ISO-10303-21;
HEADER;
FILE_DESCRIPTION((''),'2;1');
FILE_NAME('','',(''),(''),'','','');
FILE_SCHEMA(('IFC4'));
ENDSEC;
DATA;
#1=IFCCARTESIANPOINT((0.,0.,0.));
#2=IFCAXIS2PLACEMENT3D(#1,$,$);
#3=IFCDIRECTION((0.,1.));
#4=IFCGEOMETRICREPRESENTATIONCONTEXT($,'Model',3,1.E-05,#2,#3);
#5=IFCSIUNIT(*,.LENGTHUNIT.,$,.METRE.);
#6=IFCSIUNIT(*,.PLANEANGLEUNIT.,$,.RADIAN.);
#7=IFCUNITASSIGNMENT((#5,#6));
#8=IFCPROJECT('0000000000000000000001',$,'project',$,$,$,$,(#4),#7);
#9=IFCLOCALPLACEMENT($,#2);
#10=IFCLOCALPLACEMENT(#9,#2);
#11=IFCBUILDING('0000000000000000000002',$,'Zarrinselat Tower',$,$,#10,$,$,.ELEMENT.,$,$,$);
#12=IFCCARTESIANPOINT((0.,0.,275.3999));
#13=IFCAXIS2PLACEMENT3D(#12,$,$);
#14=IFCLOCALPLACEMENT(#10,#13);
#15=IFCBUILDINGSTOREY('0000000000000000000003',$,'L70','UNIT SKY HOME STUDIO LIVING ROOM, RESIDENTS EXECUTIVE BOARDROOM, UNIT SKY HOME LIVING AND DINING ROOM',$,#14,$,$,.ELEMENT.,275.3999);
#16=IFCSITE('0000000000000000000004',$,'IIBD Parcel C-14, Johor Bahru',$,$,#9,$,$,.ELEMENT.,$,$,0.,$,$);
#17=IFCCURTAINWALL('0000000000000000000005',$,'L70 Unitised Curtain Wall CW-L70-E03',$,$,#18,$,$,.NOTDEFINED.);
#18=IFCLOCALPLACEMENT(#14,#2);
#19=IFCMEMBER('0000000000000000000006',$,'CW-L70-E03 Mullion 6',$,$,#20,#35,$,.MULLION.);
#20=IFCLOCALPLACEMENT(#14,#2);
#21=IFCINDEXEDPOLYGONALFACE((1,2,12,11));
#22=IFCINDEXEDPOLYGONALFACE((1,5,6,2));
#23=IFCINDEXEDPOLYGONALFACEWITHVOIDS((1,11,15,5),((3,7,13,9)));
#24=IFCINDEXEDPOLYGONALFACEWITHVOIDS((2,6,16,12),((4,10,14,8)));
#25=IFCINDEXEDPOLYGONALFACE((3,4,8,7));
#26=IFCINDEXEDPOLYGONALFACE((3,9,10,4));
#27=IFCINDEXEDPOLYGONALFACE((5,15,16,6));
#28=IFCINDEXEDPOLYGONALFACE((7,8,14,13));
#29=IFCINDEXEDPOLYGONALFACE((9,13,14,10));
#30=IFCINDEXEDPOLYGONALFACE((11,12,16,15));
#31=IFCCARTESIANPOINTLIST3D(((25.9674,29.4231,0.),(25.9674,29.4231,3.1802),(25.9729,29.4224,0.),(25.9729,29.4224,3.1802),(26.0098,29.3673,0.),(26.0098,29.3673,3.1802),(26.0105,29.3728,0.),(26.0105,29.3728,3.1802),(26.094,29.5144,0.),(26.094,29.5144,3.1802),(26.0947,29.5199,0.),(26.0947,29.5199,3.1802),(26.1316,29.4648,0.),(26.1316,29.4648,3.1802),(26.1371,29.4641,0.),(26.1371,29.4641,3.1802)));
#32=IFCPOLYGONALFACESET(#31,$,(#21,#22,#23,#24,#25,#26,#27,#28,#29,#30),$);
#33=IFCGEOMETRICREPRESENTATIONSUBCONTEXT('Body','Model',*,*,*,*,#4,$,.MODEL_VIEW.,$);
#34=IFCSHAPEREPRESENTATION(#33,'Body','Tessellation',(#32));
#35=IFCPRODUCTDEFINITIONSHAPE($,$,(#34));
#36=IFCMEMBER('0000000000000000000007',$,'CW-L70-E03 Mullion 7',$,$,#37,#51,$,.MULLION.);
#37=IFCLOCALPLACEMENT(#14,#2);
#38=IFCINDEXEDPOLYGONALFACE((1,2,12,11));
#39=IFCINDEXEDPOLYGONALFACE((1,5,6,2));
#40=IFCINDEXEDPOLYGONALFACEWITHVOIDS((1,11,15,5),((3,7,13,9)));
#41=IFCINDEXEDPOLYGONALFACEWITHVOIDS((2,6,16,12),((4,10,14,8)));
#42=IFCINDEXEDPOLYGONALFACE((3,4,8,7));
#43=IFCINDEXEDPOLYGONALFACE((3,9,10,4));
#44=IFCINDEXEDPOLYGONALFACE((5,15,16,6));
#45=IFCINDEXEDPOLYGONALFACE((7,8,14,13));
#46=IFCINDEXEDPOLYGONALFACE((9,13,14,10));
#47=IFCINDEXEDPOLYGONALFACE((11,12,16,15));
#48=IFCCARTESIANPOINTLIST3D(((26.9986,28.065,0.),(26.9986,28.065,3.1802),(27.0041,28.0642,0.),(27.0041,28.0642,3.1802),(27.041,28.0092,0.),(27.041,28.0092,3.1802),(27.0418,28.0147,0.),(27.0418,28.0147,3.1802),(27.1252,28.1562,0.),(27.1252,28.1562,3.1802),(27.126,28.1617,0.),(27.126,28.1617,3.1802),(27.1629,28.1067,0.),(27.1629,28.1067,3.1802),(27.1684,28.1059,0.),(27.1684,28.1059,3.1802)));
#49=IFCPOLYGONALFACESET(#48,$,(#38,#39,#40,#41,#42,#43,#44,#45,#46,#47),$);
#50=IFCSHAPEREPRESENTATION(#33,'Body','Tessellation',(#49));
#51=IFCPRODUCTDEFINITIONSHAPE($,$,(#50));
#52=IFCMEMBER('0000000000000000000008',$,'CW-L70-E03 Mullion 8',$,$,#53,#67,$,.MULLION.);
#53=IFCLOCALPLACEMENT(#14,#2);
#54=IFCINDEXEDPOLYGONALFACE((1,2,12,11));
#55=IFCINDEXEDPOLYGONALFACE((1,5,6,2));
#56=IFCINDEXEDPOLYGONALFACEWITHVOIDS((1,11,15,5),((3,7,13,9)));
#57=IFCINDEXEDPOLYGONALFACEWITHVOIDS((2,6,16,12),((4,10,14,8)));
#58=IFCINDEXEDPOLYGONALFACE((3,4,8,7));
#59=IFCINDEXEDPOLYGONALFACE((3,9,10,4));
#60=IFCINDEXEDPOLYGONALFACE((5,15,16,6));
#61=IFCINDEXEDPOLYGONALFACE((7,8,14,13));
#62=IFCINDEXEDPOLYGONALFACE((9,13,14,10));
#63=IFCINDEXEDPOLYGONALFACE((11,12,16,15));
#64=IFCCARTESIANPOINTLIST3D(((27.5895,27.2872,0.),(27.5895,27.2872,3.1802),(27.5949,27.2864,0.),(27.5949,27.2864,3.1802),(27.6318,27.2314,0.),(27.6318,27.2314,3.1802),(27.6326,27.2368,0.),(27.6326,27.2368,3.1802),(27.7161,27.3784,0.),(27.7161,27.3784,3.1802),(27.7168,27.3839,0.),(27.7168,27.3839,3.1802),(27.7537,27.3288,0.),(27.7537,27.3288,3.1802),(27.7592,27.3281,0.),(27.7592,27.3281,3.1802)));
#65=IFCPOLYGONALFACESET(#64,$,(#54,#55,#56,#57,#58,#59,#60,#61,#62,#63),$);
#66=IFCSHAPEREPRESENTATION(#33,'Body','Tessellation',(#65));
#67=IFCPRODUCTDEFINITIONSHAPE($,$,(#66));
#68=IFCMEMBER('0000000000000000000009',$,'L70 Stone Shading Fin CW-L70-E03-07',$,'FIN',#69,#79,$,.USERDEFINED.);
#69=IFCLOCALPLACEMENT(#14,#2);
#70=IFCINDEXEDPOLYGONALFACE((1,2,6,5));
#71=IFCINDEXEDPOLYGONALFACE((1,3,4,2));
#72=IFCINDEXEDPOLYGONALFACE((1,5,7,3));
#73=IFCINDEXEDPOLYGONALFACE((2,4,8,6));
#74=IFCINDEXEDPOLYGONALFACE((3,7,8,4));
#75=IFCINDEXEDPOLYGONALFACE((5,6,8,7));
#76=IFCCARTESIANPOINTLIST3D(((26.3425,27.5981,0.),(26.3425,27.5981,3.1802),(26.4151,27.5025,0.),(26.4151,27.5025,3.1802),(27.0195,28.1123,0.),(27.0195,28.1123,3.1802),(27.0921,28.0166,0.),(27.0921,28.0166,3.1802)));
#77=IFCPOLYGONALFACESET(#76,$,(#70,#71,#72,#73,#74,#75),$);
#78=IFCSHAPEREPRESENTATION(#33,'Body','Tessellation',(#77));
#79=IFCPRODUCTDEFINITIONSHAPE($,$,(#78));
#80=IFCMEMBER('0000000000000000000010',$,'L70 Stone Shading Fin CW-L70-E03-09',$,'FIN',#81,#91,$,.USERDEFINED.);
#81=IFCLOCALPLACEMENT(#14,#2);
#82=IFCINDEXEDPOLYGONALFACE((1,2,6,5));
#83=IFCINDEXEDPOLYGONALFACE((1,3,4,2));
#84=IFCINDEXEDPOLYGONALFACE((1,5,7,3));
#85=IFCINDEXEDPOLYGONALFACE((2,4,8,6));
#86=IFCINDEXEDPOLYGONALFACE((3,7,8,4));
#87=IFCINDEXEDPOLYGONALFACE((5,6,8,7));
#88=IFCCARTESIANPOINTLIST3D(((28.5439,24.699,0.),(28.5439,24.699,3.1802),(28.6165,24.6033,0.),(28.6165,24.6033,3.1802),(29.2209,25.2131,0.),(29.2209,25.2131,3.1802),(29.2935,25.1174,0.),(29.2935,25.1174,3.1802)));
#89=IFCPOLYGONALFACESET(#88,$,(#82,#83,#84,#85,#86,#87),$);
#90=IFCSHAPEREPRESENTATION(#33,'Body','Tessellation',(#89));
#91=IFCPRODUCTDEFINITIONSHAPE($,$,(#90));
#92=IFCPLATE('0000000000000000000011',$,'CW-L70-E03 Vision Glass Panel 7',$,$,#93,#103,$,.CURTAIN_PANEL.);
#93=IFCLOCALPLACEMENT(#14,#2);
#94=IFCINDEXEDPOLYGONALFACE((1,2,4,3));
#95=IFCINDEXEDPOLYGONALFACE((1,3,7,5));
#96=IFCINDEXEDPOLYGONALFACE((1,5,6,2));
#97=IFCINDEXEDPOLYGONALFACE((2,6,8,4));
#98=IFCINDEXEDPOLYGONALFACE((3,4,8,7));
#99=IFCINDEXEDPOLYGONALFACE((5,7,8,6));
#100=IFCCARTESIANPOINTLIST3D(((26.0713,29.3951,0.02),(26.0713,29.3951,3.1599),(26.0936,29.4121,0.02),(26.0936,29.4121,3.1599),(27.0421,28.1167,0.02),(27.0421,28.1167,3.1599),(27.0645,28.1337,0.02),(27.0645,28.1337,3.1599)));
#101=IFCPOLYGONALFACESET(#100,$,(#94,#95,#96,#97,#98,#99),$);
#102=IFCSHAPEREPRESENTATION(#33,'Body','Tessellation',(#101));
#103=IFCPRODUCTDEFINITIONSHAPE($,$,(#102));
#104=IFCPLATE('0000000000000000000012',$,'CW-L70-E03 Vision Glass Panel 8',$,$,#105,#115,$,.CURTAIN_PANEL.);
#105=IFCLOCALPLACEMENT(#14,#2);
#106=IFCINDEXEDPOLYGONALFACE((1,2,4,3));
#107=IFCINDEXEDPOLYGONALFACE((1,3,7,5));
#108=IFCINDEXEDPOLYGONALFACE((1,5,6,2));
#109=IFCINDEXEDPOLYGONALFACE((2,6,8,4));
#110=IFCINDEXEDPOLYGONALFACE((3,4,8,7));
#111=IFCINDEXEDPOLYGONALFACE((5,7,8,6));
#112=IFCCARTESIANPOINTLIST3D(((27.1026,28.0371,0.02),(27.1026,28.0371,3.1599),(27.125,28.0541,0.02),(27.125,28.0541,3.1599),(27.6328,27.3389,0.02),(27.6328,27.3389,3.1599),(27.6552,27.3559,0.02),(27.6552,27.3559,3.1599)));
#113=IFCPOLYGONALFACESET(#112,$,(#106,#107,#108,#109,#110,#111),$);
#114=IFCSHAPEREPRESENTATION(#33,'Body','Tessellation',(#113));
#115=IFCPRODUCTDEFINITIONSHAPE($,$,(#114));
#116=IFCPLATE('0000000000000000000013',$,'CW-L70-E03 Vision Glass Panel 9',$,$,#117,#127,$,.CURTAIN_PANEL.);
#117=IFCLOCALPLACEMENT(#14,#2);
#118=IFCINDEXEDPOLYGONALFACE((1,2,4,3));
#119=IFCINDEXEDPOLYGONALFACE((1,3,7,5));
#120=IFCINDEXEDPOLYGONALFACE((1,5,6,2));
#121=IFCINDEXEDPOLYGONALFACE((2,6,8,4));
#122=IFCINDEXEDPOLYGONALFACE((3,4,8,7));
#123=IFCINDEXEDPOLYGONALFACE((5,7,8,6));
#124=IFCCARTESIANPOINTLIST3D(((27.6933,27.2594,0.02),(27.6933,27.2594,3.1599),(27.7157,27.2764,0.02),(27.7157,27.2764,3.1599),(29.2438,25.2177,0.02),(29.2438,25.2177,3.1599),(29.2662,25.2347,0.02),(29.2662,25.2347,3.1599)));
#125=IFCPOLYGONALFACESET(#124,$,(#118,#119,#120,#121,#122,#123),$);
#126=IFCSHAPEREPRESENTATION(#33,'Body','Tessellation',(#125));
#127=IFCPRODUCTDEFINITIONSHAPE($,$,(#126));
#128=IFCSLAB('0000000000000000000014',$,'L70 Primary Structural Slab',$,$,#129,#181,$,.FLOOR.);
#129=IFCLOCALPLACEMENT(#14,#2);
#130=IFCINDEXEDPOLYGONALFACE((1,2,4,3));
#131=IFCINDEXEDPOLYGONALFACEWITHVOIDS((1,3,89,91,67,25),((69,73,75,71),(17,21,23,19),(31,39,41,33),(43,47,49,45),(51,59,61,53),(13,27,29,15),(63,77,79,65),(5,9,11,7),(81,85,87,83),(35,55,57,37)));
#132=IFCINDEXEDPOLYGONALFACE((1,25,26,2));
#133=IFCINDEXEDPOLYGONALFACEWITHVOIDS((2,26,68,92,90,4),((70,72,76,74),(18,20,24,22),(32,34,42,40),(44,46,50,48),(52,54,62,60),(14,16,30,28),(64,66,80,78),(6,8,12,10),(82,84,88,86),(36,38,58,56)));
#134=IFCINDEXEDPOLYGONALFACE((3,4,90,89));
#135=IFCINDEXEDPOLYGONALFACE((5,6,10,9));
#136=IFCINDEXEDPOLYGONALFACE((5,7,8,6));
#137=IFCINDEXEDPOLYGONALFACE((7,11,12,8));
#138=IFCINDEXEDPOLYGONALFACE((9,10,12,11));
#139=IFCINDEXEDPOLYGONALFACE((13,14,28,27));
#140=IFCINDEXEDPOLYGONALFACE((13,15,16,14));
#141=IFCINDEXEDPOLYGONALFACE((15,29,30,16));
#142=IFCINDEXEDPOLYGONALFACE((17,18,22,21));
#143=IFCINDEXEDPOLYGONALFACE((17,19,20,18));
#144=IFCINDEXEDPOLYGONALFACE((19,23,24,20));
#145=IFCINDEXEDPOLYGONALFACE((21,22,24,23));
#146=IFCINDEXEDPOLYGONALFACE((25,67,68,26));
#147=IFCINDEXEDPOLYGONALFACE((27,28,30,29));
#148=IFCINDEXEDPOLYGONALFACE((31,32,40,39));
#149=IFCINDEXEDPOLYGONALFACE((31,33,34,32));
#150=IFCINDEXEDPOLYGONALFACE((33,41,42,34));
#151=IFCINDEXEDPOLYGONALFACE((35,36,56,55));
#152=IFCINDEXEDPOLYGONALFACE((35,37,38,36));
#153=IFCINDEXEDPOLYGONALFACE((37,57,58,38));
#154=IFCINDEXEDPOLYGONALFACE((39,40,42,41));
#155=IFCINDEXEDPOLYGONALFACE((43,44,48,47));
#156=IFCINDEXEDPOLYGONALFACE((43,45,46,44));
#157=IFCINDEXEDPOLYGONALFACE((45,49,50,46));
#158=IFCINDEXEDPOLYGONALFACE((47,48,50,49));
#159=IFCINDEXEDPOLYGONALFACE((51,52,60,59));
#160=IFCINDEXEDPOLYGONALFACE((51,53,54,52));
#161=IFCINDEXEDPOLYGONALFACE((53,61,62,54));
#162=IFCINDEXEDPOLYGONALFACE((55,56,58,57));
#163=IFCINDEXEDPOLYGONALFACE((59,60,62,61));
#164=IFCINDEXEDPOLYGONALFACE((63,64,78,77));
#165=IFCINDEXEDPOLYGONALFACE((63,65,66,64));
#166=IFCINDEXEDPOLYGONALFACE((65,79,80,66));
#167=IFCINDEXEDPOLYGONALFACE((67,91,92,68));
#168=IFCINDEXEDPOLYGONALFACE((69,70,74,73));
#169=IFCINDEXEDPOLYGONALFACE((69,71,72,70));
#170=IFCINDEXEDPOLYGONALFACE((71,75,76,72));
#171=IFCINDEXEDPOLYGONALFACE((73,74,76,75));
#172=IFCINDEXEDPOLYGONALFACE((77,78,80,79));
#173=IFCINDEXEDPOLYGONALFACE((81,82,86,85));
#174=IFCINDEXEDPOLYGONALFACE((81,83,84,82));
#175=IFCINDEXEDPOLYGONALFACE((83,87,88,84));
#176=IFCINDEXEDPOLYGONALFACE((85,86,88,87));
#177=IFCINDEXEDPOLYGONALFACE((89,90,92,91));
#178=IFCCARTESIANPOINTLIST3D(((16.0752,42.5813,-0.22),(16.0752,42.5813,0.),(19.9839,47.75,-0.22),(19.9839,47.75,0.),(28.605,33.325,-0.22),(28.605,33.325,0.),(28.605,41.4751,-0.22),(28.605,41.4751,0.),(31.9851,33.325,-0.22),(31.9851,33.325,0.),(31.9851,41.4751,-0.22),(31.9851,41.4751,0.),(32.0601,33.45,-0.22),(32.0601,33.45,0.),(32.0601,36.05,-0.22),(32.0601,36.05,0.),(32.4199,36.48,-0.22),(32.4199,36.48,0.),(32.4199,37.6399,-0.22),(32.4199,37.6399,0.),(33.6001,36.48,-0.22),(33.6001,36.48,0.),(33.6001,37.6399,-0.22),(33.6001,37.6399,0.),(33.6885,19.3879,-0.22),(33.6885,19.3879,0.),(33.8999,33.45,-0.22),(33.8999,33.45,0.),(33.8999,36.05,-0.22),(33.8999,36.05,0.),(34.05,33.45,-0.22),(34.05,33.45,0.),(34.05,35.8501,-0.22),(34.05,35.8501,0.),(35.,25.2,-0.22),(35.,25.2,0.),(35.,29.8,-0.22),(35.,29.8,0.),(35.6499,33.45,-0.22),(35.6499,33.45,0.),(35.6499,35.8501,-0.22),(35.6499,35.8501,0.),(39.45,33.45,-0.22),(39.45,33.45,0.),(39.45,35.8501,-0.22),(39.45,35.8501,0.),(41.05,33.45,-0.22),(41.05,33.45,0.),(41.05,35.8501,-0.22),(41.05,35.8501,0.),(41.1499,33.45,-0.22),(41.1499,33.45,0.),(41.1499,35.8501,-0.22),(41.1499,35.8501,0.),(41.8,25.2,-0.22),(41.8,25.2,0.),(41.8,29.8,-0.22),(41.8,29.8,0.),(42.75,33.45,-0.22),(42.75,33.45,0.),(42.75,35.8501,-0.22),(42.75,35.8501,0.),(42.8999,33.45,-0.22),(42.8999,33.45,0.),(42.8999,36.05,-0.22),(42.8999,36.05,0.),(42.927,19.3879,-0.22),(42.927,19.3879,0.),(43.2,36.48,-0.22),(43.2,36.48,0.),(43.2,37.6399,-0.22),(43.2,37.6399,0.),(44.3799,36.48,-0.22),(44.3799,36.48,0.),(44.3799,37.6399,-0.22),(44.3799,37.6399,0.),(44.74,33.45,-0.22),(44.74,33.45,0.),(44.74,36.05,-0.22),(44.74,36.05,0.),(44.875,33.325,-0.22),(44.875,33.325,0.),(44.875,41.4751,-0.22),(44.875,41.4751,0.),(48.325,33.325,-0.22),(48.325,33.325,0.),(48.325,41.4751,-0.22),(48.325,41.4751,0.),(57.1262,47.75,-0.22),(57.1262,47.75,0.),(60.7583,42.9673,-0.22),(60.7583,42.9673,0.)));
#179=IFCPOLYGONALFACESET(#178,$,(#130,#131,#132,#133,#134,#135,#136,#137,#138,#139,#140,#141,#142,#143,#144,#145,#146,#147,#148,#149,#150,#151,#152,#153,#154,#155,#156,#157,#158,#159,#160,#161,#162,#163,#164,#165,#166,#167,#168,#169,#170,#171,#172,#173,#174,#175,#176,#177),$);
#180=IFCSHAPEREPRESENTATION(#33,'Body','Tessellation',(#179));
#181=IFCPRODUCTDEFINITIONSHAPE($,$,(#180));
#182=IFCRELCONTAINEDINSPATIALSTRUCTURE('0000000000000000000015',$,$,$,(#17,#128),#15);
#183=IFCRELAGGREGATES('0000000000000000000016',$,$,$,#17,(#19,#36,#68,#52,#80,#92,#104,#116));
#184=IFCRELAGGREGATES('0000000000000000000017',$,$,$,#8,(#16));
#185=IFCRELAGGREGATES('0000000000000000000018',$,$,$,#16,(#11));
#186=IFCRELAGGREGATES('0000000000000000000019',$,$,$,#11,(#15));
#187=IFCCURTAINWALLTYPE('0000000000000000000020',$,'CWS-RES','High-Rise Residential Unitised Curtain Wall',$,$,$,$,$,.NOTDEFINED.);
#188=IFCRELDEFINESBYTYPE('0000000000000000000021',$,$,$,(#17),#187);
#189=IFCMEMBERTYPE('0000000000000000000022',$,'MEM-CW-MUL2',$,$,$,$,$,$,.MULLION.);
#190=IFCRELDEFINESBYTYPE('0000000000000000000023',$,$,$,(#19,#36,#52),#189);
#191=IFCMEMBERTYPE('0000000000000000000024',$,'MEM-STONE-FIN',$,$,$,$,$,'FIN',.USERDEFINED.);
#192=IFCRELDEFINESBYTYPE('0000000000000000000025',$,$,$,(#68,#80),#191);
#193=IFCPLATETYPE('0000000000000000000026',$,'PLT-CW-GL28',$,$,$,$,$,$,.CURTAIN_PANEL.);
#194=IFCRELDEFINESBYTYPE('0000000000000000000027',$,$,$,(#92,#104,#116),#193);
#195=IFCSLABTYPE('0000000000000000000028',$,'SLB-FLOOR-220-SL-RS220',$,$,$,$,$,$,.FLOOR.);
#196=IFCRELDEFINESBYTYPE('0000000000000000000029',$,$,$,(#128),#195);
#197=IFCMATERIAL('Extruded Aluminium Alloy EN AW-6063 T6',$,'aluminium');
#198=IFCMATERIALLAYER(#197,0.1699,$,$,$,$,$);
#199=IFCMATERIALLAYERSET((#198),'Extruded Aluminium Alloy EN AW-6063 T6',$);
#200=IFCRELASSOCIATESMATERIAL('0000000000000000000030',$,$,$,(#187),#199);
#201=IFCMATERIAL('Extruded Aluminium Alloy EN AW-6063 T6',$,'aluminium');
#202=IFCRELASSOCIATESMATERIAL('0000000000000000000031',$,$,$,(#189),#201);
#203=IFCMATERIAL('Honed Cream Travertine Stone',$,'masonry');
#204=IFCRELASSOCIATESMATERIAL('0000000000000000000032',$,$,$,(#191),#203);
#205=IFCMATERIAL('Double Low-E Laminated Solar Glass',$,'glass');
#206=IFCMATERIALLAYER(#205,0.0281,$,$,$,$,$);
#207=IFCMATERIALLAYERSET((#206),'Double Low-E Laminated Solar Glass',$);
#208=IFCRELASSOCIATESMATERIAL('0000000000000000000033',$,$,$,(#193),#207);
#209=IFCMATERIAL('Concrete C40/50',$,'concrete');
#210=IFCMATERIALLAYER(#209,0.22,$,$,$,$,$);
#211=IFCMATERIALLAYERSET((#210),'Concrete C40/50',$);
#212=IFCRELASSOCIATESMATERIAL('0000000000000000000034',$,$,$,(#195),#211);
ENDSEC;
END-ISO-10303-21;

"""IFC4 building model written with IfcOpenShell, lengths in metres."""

from ifc_helpers import new_model, si_unit, direction, frame, origin, origin_2d, place, context, subcontext, project, spatial, polyline, rectangle, hollow_rectangle, outline, extrude, material, layer, layer_set, material_profile, profile_set, type_object, element, aggregate, save


model = new_model("IFC4")

# Units and contexts
model_context = context("Model", 3, precision=1e-05, world=origin(), true_north=direction((0.0, 1.0)))
body_context = subcontext(model_context, "Body", "Model", "MODEL_VIEW")
ifc_project = project(units=[si_unit("LENGTHUNIT", "METRE"), si_unit("PLANEANGLEUNIT", "RADIAN")], contexts=[model_context])

# Site, building, storey
site_placement = place(None, origin())
site = spatial("IfcSite", under=ifc_project, at=site_placement, Name="IIBD Parcel C-14, Johor Bahru", CompositionType="ELEMENT", RefElevation=0.0)
building_placement = place(site_placement, origin())
building = spatial("IfcBuilding", under=site, at=building_placement, Name="Zarrinselat Tower", CompositionType="ELEMENT")
storey_placement = place(building_placement, frame((0.0, 0.0, 275.3999)))
storey = spatial("IfcBuildingStorey", under=building, at=storey_placement, Name="L70", Description="UNIT SKY HOME STUDIO LIVING ROOM, RESIDENTS EXECUTIVE BOARDROOM, UNIT SKY HOME LIVING AND DINING ROOM", CompositionType="ELEMENT", Elevation=275.3999)

# Curtain wall, members, plates
ifc_material_1 = material(Name="Extruded Aluminium Alloy EN AW-6063 T6", Category="aluminium")
ifc_layer_1 = layer(ifc_material_1, 0.1699)
ifc_layer_set_1 = layer_set([ifc_layer_1], Name="Extruded Aluminium Alloy EN AW-6063 T6")
curtain_wall_type = type_object("IfcCurtainWallType", Name="CWS-RES", Description="High-Rise Residential Unitised Curtain Wall", PredefinedType="NOTDEFINED", material=ifc_layer_set_1)
curtain_wall_placement = place(storey_placement, origin())
curtain_wall = element("IfcCurtainWall", 1, at=curtain_wall_placement, inside=storey, type_object=curtain_wall_type, Name="L70 Unitised Curtain Wall CW-L70-E03", PredefinedType="NOTDEFINED")
ifc_material_2 = material(Name="Extruded Aluminium Alloy EN AW-6063 T6", Category="aluminium")
ifc_material_profile_1 = material_profile(ifc_material_2, hollow_rectangle(XDim=0.0701, YDim=0.1599, WallThickness=0.0039, at=origin_2d()), Name="RHS 160x70x4")
ifc_profile_set_1 = profile_set([ifc_material_profile_1], Name="Extruded Aluminium Alloy EN AW-6063 T6")
member_type_1 = type_object("IfcMemberType", Name="MEM-CW-MUL2", PredefinedType="MULLION", material=ifc_profile_set_1)
member_1_placement = place(storey_placement, frame((26.0522, 29.4436, 0.0), z_axis=(0.0, 0.0, 1.0), x_axis=(0.604788, -0.796387, 0.0)))
member_1 = element("IfcMember", 2, at=member_1_placement, type_object=member_type_1, Name="CW-L70-E03 Mullion 6", PredefinedType="MULLION", context=body_context, shape_type="SweptSolid", body=[
    extrude(hollow_rectangle(XDim=0.0701, YDim=0.1599, WallThickness=0.0039, at=origin_2d()), origin(), (0.0, 0.0, 1.0), 3.1802),
])
member_2_placement = place(storey_placement, frame((27.0835, 28.0854, 0.0), z_axis=(0.0, 0.0, 1.0), x_axis=(0.604788, -0.796387, 0.0)))
member_2 = element("IfcMember", 3, at=member_2_placement, type_object=member_type_1, Name="CW-L70-E03 Mullion 7", PredefinedType="MULLION", context=body_context, shape_type="SweptSolid", body=[
    extrude(hollow_rectangle(XDim=0.0701, YDim=0.1599, WallThickness=0.0039, at=origin_2d()), origin(), (0.0, 0.0, 1.0), 3.1802),
])
member_3_placement = place(storey_placement, frame((27.6743, 27.3076, 0.0), z_axis=(0.0, 0.0, 1.0), x_axis=(0.604788, -0.796387, 0.0)))
member_3 = element("IfcMember", 4, at=member_3_placement, type_object=member_type_1, Name="CW-L70-E03 Mullion 8", PredefinedType="MULLION", context=body_context, shape_type="SweptSolid", body=[
    extrude(hollow_rectangle(XDim=0.0701, YDim=0.1599, WallThickness=0.0039, at=origin_2d()), origin(), (0.0, 0.0, 1.0), 3.1802),
])
ifc_material_3 = material(Name="Honed Cream Travertine Stone", Category="masonry")
ifc_material_profile_2 = material_profile(ifc_material_3, rectangle(XDim=0.1201, YDim=0.8501, at=origin_2d()), Name="FIN 850x120")
ifc_profile_set_2 = profile_set([ifc_material_profile_2], Name="Honed Cream Travertine Stone")
member_type_2 = type_object("IfcMemberType", Name="MEM-STONE-FIN", ElementType="FIN", PredefinedType="USERDEFINED", material=ifc_profile_set_2)
member_4_placement = place(storey_placement, frame((26.7173, 27.8074, 0.0), z_axis=(0.0, 0.0, 1.0), x_axis=(-0.604788, 0.796387, 0.0)))
member_4 = element("IfcMember", 5, at=member_4_placement, type_object=member_type_2, Name="L70 Stone Shading Fin CW-L70-E03-07", ObjectType="FIN", PredefinedType="USERDEFINED", context=body_context, shape_type="SweptSolid", body=[
    extrude(rectangle(XDim=0.1201, YDim=0.8501, at=origin_2d()), origin(), (0.0, 0.0, 1.0), 3.1802),
])
member_5_placement = place(storey_placement, frame((28.9187, 24.9082, 0.0), z_axis=(0.0, 0.0, 1.0), x_axis=(-0.604788, 0.796387, 0.0)))
member_5 = element("IfcMember", 6, at=member_5_placement, type_object=member_type_2, Name="L70 Stone Shading Fin CW-L70-E03-09", ObjectType="FIN", PredefinedType="USERDEFINED", context=body_context, shape_type="SweptSolid", body=[
    extrude(rectangle(XDim=0.1201, YDim=0.8501, at=origin_2d()), origin(), (0.0, 0.0, 1.0), 3.1802),
])
ifc_material_4 = material(Name="Double Low-E Laminated Solar Glass", Category="glass")
ifc_layer_2 = layer(ifc_material_4, 0.0281)
ifc_layer_set_2 = layer_set([ifc_layer_2], Name="Double Low-E Laminated Solar Glass")
plate_type = type_object("IfcPlateType", Name="PLT-CW-GL28", PredefinedType="CURTAIN_PANEL", material=ifc_layer_set_2)
plate_1_placement = place(storey_placement, frame((26.5679, 28.7644, 0.02), z_axis=(0.0, 0.0, 1.0), x_axis=(0.604788, -0.796387, 0.0)))
plate_1 = element("IfcPlate", 7, at=plate_1_placement, type_object=plate_type, Name="CW-L70-E03 Vision Glass Panel 7", PredefinedType="CURTAIN_PANEL", context=body_context, shape_type="SweptSolid", body=[
    extrude(rectangle(XDim=1.6052, YDim=0.0281, at=origin_2d()), origin(), (0.0, 0.0, 1.0), 3.1399),
])
plate_2_placement = place(storey_placement, frame((27.3789, 27.6965, 0.02), z_axis=(0.0, 0.0, 1.0), x_axis=(0.604788, -0.796387, 0.0)))
plate_2 = element("IfcPlate", 8, at=plate_2_placement, type_object=plate_type, Name="CW-L70-E03 Vision Glass Panel 8", PredefinedType="CURTAIN_PANEL", context=body_context, shape_type="SweptSolid", body=[
    extrude(rectangle(XDim=0.8767, YDim=0.0281, at=origin_2d()), origin(), (0.0, 0.0, 1.0), 3.1399),
])
plate_3_placement = place(storey_placement, frame((28.4797, 26.2471, 0.02), z_axis=(0.0, 0.0, 1.0), x_axis=(0.604788, -0.796387, 0.0)))
plate_3 = element("IfcPlate", 9, at=plate_3_placement, type_object=plate_type, Name="CW-L70-E03 Vision Glass Panel 9", PredefinedType="CURTAIN_PANEL", context=body_context, shape_type="SweptSolid", body=[
    extrude(rectangle(XDim=2.5637, YDim=0.0281, at=origin_2d()), origin(), (0.0, 0.0, 1.0), 3.1399),
])
aggregate(curtain_wall, [member_1, member_2, member_4, member_3, member_5, plate_1, plate_2, plate_3])

# Slab
ifc_material_5 = material(Name="Concrete C40/50", Category="concrete")
ifc_layer_3 = layer(ifc_material_5, 0.22)
ifc_layer_set_3 = layer_set([ifc_layer_3], Name="Concrete C40/50")
slab_type_1 = type_object("IfcSlabType", Name="SLB-FLOOR-220-SL-RS220", PredefinedType="FLOOR", material=ifc_layer_set_3)
slab_1_placement = place(storey_placement, frame((0.0, 0.0, -0.22)))
element("IfcSlab", 10, at=slab_1_placement, inside=storey, type_object=slab_type_1, Name="L70 Primary Structural Slab", PredefinedType="FLOOR", context=body_context, shape_type="SweptSolid", body=[
    extrude(outline(polyline([(57.1262, 47.75), (19.9839, 47.75), (16.0752, 42.5813), (33.6885, 19.3879), (42.927, 19.3879), (60.7583, 42.9673), (57.1262, 47.75)]), holes=[polyline([(41.8, 25.2), (35.0, 25.2), (35.0, 29.8), (41.8, 29.8), (41.8, 25.2)]), polyline([(35.6499, 33.45), (34.05, 33.45), (34.05, 35.8501), (35.6499, 35.8501), (35.6499, 33.45)]), polyline([(41.05, 33.45), (39.45, 33.45), (39.45, 35.8501), (41.05, 35.8501), (41.05, 33.45)]), polyline([(41.1499, 33.45), (41.1499, 35.8501), (42.75, 35.8501), (42.75, 33.45), (41.1499, 33.45)]), polyline([(32.0601, 33.45), (32.0601, 36.05), (33.8999, 36.05), (33.8999, 33.45), (32.0601, 33.45)]), polyline([(44.74, 33.45), (42.8999, 33.45), (42.8999, 36.05), (44.74, 36.05), (44.74, 33.45)]), polyline([(33.6001, 36.48), (32.4199, 36.48), (32.4199, 37.6399), (33.6001, 37.6399), (33.6001, 36.48)]), polyline([(44.3799, 36.48), (43.2, 36.48), (43.2, 37.6399), (44.3799, 37.6399), (44.3799, 36.48)]), polyline([(31.9851, 33.325), (28.605, 33.325), (28.605, 41.4751), (31.9851, 41.4751), (31.9851, 33.325)]), polyline([(48.325, 33.325), (44.875, 33.325), (44.875, 41.4751), (48.325, 41.4751), (48.325, 33.325)])]), origin(), (0.0, 0.0, 1.0), 0.22),
])

save(model, "model.ifc")
